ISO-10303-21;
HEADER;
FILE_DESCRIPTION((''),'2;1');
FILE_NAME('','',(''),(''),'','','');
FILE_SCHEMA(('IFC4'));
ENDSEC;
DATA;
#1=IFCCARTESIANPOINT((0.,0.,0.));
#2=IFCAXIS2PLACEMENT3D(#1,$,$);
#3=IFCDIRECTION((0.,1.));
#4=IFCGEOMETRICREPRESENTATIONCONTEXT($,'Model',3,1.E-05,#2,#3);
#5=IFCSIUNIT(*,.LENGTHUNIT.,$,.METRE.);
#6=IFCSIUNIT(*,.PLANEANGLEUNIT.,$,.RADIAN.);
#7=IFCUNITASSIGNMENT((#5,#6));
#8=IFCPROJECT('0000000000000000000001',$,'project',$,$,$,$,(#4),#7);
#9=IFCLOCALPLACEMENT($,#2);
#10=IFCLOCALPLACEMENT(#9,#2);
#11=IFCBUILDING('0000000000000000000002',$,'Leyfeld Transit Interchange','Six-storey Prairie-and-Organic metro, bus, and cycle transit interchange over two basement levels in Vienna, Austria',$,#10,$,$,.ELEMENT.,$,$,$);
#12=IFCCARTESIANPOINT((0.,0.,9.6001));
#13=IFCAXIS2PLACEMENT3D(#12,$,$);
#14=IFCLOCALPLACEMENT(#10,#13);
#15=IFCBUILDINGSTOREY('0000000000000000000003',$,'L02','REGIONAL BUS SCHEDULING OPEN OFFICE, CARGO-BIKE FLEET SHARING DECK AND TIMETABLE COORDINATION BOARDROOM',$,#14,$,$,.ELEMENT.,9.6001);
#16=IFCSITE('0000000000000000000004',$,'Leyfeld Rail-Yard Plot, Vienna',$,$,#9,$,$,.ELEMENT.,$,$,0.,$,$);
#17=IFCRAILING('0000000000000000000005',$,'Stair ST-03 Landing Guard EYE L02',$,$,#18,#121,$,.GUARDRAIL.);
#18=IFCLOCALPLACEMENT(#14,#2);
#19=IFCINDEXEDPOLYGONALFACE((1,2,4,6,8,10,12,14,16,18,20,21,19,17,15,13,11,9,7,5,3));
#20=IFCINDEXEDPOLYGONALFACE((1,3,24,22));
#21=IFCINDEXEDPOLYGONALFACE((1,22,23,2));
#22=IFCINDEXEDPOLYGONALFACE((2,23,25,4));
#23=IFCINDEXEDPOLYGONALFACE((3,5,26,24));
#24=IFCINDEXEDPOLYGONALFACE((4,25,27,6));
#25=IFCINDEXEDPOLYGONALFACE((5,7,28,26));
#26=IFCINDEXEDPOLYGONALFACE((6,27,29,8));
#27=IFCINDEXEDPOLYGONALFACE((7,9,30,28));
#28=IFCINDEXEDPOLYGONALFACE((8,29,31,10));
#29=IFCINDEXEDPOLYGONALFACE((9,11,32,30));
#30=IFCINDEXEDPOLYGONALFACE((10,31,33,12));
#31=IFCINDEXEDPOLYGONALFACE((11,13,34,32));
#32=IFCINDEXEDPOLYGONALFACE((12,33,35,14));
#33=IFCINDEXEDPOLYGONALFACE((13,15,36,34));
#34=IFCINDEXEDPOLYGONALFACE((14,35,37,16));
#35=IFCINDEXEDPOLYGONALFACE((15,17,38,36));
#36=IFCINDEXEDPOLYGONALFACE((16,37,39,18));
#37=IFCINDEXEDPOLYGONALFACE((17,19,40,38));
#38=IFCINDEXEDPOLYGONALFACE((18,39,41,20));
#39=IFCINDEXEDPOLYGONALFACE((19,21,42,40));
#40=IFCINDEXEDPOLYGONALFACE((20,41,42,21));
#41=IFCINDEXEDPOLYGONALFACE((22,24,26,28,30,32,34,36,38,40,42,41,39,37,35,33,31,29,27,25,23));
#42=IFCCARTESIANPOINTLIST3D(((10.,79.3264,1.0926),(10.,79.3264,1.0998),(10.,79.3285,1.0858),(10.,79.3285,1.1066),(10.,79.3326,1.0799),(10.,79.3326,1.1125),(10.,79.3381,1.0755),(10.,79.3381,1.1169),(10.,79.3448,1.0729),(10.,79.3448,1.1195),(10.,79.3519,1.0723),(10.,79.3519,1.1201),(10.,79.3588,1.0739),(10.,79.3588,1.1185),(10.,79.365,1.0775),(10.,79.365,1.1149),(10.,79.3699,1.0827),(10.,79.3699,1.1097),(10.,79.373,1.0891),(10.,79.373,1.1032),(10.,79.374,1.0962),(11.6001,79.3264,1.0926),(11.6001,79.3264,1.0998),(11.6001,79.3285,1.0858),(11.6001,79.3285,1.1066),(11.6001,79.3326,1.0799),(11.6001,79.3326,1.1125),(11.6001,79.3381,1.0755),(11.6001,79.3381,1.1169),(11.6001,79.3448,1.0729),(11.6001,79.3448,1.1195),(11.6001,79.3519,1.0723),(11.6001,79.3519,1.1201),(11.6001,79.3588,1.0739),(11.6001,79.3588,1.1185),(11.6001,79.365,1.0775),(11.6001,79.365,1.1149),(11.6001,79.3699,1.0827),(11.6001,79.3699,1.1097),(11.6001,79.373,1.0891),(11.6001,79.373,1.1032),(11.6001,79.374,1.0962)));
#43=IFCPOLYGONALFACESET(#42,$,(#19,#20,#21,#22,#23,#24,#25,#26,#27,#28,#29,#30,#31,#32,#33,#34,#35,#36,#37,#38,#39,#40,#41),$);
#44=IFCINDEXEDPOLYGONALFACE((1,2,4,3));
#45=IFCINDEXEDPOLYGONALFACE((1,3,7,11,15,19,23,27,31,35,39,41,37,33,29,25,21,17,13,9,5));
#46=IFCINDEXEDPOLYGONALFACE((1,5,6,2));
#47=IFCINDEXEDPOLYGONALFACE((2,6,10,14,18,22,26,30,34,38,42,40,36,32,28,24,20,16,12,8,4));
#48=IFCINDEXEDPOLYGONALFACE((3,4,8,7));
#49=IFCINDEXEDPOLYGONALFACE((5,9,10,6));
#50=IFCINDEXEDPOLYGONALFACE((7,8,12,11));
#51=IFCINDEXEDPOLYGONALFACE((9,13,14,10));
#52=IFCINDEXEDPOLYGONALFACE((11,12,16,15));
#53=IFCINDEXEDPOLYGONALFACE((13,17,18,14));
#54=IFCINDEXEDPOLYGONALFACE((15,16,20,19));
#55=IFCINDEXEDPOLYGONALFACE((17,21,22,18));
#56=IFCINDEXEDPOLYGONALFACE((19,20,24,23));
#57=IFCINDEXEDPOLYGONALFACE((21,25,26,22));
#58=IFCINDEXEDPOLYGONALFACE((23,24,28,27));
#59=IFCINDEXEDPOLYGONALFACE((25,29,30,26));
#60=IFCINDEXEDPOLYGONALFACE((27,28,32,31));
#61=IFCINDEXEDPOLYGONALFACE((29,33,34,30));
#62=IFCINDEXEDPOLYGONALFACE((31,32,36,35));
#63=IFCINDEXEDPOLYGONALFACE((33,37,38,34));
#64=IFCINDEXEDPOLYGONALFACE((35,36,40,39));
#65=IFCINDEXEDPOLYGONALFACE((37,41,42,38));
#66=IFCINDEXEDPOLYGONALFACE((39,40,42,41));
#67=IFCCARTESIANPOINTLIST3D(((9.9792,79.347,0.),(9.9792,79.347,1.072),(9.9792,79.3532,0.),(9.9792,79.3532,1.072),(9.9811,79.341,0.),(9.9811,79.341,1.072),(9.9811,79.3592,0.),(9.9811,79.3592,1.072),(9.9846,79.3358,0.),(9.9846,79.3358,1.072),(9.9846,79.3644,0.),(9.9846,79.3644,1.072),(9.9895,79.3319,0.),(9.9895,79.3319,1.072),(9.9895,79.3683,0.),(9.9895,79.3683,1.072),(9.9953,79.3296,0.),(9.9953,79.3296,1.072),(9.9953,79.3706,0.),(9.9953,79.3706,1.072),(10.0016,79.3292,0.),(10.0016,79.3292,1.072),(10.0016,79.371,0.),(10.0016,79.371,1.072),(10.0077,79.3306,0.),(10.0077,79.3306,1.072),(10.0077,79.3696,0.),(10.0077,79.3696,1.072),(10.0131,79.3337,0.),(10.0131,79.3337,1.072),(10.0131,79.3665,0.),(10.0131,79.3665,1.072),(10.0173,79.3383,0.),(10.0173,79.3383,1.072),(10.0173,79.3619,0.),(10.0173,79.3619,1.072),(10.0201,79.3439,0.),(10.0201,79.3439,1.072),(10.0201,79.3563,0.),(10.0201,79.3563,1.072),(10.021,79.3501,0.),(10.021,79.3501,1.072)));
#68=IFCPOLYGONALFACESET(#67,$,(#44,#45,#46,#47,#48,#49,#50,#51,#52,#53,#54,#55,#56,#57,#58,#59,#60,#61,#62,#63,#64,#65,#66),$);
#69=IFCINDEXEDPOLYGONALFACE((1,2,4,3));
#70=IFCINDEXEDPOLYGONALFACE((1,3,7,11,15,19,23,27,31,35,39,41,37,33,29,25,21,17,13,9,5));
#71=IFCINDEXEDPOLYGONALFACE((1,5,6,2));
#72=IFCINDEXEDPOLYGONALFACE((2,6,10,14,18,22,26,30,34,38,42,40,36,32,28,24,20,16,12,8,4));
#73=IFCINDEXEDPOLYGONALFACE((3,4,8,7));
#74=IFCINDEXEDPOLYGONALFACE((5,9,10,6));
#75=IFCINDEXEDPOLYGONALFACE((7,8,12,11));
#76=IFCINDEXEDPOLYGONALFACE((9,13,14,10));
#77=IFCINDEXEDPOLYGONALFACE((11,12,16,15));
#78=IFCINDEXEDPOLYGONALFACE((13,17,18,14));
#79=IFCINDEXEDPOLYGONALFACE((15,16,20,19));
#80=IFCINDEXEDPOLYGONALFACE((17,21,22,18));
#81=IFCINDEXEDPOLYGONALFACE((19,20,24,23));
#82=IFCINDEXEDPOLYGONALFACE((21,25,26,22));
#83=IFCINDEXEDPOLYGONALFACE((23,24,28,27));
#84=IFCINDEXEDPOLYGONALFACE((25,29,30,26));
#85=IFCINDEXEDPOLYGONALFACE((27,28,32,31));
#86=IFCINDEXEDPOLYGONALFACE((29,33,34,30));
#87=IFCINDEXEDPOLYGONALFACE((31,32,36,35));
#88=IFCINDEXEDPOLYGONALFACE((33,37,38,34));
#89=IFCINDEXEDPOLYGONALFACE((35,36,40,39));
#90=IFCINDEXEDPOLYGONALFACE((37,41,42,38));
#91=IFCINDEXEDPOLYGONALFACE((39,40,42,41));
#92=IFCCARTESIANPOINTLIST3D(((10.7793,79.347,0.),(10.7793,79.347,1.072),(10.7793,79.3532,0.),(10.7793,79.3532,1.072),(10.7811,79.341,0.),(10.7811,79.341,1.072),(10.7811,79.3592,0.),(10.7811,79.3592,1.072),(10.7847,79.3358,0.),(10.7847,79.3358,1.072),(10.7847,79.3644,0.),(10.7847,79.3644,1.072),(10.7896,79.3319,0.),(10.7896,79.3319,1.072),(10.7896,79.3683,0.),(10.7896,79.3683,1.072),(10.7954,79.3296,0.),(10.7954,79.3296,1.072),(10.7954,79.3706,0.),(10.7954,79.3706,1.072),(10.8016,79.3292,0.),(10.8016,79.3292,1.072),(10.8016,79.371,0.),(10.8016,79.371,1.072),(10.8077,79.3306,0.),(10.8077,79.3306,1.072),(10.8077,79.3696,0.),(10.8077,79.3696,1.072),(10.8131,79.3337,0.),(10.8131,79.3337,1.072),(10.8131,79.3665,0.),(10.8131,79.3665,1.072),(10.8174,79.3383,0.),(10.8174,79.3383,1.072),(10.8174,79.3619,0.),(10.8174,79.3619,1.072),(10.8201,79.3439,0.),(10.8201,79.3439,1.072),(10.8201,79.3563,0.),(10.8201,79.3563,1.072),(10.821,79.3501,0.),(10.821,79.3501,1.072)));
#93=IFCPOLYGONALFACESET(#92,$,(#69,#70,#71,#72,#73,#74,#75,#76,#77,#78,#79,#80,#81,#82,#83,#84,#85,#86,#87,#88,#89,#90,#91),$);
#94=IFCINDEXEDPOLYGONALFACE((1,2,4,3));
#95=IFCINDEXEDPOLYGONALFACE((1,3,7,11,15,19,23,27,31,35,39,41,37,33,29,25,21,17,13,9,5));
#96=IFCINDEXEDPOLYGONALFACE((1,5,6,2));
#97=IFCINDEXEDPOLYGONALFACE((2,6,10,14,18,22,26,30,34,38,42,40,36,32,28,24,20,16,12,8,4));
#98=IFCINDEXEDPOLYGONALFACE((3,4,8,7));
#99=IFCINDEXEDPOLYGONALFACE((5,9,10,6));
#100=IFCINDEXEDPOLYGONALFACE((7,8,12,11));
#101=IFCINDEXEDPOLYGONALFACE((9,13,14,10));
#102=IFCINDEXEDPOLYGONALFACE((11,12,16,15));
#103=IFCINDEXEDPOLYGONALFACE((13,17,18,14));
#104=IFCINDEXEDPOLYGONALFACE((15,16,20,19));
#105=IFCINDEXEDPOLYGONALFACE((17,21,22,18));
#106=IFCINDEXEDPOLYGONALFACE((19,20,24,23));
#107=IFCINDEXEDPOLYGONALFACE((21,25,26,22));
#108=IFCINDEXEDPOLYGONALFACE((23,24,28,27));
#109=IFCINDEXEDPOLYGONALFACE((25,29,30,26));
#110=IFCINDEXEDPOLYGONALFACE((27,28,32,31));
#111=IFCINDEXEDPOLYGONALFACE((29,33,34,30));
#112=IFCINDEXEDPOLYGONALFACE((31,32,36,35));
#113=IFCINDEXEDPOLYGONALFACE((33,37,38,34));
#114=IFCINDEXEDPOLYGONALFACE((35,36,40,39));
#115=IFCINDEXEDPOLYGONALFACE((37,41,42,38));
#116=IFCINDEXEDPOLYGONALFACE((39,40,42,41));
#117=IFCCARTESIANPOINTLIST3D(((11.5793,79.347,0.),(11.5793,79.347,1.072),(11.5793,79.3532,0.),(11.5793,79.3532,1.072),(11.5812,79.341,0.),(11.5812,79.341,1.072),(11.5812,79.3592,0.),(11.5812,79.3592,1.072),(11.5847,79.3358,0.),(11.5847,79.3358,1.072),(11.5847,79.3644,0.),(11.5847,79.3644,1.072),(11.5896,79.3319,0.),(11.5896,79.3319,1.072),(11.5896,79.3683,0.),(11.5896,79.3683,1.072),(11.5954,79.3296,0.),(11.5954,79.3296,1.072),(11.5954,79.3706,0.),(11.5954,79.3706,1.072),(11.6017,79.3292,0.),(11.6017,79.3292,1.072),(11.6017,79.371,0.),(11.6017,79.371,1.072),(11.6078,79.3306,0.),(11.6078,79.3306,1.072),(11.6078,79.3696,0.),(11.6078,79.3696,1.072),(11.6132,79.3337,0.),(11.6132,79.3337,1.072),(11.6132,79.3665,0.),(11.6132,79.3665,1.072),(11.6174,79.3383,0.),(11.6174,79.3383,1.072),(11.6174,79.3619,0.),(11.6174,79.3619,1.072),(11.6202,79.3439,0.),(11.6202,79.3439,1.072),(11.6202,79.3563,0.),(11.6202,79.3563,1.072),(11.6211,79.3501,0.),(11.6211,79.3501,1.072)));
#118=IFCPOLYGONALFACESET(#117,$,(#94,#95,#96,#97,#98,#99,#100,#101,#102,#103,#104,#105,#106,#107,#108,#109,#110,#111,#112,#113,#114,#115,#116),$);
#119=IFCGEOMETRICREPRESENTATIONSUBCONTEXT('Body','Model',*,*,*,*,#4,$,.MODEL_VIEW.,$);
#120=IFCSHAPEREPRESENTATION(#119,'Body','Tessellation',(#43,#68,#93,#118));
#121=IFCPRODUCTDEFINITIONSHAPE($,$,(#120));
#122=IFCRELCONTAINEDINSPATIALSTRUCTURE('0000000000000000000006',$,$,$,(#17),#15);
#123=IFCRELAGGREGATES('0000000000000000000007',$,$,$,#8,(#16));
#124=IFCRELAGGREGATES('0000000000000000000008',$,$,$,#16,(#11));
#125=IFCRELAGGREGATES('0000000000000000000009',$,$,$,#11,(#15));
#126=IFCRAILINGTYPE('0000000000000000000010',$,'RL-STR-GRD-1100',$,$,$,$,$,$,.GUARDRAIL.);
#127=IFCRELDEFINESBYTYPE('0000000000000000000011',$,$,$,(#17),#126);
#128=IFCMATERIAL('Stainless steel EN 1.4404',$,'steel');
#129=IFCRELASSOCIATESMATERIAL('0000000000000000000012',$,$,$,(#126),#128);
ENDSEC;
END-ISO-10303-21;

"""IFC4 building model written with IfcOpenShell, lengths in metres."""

from ifc_helpers import new_model, si_unit, direction, frame, origin, origin_2d, place, context, subcontext, project, spatial, circle, extrude, material, type_object, element, save


model = new_model("IFC4")

# Units and contexts
model_context = context("Model", 3, precision=1e-05, world=origin(), true_north=direction((0.0, 1.0)))
body_context = subcontext(model_context, "Body", "Model", "MODEL_VIEW")
ifc_project = project(units=[si_unit("LENGTHUNIT", "METRE"), si_unit("PLANEANGLEUNIT", "RADIAN")], contexts=[model_context])

# Site, building, storey
site_placement = place(None, origin())
site = spatial("IfcSite", under=ifc_project, at=site_placement, Name="Leyfeld Rail-Yard Plot, Vienna", CompositionType="ELEMENT", RefElevation=0.0)
building_placement = place(site_placement, origin())
building = spatial("IfcBuilding", under=site, at=building_placement, Name="Leyfeld Transit Interchange", Description="Six-storey Prairie-and-Organic metro, bus, and cycle transit interchange over two basement levels in Vienna, Austria", CompositionType="ELEMENT")
storey_placement = place(building_placement, frame((0.0, 0.0, 9.6001)))
storey = spatial("IfcBuildingStorey", under=building, at=storey_placement, Name="L02", Description="REGIONAL BUS SCHEDULING OPEN OFFICE, CARGO-BIKE FLEET SHARING DECK AND TIMETABLE COORDINATION BOARDROOM", CompositionType="ELEMENT", Elevation=9.6001)

# Shared definitions
ifc_material_1 = material(Name="Stainless steel EN 1.4404", Category="steel")

# Railing
railing_type_1 = type_object("IfcRailingType", Name="RL-STR-GRD-1100", PredefinedType="GUARDRAIL", material=ifc_material_1)
railing_1_placement = place(storey_placement, frame((10.0, 79.3501, 0.0)))
element("IfcRailing", 1, at=railing_1_placement, inside=storey, type_object=railing_type_1, Name="Stair ST-03 Landing Guard EYE L02", PredefinedType="GUARDRAIL", context=body_context, shape_type="SweptSolid", body=[
    extrude(circle(Radius=0.0239, at=origin_2d()), frame((0.0, 0.0, 1.0962), z_axis=(1.0, 0.0, 0.0), x_axis=(0.0, 1.0, 0.0)), (0.0, 0.0, 1.0), 1.6001),
    extrude(circle(Radius=0.021, at=origin_2d()), origin(), (0.0, 0.0, 1.0), 1.072),
    extrude(circle(Radius=0.021, at=origin_2d()), frame((0.8, 0.0, 0.0)), (0.0, 0.0, 1.0), 1.072),
    extrude(circle(Radius=0.021, at=origin_2d()), frame((1.6001, 0.0, 0.0)), (0.0, 0.0, 1.0), 1.072),
])

save(model, "model.ifc")
